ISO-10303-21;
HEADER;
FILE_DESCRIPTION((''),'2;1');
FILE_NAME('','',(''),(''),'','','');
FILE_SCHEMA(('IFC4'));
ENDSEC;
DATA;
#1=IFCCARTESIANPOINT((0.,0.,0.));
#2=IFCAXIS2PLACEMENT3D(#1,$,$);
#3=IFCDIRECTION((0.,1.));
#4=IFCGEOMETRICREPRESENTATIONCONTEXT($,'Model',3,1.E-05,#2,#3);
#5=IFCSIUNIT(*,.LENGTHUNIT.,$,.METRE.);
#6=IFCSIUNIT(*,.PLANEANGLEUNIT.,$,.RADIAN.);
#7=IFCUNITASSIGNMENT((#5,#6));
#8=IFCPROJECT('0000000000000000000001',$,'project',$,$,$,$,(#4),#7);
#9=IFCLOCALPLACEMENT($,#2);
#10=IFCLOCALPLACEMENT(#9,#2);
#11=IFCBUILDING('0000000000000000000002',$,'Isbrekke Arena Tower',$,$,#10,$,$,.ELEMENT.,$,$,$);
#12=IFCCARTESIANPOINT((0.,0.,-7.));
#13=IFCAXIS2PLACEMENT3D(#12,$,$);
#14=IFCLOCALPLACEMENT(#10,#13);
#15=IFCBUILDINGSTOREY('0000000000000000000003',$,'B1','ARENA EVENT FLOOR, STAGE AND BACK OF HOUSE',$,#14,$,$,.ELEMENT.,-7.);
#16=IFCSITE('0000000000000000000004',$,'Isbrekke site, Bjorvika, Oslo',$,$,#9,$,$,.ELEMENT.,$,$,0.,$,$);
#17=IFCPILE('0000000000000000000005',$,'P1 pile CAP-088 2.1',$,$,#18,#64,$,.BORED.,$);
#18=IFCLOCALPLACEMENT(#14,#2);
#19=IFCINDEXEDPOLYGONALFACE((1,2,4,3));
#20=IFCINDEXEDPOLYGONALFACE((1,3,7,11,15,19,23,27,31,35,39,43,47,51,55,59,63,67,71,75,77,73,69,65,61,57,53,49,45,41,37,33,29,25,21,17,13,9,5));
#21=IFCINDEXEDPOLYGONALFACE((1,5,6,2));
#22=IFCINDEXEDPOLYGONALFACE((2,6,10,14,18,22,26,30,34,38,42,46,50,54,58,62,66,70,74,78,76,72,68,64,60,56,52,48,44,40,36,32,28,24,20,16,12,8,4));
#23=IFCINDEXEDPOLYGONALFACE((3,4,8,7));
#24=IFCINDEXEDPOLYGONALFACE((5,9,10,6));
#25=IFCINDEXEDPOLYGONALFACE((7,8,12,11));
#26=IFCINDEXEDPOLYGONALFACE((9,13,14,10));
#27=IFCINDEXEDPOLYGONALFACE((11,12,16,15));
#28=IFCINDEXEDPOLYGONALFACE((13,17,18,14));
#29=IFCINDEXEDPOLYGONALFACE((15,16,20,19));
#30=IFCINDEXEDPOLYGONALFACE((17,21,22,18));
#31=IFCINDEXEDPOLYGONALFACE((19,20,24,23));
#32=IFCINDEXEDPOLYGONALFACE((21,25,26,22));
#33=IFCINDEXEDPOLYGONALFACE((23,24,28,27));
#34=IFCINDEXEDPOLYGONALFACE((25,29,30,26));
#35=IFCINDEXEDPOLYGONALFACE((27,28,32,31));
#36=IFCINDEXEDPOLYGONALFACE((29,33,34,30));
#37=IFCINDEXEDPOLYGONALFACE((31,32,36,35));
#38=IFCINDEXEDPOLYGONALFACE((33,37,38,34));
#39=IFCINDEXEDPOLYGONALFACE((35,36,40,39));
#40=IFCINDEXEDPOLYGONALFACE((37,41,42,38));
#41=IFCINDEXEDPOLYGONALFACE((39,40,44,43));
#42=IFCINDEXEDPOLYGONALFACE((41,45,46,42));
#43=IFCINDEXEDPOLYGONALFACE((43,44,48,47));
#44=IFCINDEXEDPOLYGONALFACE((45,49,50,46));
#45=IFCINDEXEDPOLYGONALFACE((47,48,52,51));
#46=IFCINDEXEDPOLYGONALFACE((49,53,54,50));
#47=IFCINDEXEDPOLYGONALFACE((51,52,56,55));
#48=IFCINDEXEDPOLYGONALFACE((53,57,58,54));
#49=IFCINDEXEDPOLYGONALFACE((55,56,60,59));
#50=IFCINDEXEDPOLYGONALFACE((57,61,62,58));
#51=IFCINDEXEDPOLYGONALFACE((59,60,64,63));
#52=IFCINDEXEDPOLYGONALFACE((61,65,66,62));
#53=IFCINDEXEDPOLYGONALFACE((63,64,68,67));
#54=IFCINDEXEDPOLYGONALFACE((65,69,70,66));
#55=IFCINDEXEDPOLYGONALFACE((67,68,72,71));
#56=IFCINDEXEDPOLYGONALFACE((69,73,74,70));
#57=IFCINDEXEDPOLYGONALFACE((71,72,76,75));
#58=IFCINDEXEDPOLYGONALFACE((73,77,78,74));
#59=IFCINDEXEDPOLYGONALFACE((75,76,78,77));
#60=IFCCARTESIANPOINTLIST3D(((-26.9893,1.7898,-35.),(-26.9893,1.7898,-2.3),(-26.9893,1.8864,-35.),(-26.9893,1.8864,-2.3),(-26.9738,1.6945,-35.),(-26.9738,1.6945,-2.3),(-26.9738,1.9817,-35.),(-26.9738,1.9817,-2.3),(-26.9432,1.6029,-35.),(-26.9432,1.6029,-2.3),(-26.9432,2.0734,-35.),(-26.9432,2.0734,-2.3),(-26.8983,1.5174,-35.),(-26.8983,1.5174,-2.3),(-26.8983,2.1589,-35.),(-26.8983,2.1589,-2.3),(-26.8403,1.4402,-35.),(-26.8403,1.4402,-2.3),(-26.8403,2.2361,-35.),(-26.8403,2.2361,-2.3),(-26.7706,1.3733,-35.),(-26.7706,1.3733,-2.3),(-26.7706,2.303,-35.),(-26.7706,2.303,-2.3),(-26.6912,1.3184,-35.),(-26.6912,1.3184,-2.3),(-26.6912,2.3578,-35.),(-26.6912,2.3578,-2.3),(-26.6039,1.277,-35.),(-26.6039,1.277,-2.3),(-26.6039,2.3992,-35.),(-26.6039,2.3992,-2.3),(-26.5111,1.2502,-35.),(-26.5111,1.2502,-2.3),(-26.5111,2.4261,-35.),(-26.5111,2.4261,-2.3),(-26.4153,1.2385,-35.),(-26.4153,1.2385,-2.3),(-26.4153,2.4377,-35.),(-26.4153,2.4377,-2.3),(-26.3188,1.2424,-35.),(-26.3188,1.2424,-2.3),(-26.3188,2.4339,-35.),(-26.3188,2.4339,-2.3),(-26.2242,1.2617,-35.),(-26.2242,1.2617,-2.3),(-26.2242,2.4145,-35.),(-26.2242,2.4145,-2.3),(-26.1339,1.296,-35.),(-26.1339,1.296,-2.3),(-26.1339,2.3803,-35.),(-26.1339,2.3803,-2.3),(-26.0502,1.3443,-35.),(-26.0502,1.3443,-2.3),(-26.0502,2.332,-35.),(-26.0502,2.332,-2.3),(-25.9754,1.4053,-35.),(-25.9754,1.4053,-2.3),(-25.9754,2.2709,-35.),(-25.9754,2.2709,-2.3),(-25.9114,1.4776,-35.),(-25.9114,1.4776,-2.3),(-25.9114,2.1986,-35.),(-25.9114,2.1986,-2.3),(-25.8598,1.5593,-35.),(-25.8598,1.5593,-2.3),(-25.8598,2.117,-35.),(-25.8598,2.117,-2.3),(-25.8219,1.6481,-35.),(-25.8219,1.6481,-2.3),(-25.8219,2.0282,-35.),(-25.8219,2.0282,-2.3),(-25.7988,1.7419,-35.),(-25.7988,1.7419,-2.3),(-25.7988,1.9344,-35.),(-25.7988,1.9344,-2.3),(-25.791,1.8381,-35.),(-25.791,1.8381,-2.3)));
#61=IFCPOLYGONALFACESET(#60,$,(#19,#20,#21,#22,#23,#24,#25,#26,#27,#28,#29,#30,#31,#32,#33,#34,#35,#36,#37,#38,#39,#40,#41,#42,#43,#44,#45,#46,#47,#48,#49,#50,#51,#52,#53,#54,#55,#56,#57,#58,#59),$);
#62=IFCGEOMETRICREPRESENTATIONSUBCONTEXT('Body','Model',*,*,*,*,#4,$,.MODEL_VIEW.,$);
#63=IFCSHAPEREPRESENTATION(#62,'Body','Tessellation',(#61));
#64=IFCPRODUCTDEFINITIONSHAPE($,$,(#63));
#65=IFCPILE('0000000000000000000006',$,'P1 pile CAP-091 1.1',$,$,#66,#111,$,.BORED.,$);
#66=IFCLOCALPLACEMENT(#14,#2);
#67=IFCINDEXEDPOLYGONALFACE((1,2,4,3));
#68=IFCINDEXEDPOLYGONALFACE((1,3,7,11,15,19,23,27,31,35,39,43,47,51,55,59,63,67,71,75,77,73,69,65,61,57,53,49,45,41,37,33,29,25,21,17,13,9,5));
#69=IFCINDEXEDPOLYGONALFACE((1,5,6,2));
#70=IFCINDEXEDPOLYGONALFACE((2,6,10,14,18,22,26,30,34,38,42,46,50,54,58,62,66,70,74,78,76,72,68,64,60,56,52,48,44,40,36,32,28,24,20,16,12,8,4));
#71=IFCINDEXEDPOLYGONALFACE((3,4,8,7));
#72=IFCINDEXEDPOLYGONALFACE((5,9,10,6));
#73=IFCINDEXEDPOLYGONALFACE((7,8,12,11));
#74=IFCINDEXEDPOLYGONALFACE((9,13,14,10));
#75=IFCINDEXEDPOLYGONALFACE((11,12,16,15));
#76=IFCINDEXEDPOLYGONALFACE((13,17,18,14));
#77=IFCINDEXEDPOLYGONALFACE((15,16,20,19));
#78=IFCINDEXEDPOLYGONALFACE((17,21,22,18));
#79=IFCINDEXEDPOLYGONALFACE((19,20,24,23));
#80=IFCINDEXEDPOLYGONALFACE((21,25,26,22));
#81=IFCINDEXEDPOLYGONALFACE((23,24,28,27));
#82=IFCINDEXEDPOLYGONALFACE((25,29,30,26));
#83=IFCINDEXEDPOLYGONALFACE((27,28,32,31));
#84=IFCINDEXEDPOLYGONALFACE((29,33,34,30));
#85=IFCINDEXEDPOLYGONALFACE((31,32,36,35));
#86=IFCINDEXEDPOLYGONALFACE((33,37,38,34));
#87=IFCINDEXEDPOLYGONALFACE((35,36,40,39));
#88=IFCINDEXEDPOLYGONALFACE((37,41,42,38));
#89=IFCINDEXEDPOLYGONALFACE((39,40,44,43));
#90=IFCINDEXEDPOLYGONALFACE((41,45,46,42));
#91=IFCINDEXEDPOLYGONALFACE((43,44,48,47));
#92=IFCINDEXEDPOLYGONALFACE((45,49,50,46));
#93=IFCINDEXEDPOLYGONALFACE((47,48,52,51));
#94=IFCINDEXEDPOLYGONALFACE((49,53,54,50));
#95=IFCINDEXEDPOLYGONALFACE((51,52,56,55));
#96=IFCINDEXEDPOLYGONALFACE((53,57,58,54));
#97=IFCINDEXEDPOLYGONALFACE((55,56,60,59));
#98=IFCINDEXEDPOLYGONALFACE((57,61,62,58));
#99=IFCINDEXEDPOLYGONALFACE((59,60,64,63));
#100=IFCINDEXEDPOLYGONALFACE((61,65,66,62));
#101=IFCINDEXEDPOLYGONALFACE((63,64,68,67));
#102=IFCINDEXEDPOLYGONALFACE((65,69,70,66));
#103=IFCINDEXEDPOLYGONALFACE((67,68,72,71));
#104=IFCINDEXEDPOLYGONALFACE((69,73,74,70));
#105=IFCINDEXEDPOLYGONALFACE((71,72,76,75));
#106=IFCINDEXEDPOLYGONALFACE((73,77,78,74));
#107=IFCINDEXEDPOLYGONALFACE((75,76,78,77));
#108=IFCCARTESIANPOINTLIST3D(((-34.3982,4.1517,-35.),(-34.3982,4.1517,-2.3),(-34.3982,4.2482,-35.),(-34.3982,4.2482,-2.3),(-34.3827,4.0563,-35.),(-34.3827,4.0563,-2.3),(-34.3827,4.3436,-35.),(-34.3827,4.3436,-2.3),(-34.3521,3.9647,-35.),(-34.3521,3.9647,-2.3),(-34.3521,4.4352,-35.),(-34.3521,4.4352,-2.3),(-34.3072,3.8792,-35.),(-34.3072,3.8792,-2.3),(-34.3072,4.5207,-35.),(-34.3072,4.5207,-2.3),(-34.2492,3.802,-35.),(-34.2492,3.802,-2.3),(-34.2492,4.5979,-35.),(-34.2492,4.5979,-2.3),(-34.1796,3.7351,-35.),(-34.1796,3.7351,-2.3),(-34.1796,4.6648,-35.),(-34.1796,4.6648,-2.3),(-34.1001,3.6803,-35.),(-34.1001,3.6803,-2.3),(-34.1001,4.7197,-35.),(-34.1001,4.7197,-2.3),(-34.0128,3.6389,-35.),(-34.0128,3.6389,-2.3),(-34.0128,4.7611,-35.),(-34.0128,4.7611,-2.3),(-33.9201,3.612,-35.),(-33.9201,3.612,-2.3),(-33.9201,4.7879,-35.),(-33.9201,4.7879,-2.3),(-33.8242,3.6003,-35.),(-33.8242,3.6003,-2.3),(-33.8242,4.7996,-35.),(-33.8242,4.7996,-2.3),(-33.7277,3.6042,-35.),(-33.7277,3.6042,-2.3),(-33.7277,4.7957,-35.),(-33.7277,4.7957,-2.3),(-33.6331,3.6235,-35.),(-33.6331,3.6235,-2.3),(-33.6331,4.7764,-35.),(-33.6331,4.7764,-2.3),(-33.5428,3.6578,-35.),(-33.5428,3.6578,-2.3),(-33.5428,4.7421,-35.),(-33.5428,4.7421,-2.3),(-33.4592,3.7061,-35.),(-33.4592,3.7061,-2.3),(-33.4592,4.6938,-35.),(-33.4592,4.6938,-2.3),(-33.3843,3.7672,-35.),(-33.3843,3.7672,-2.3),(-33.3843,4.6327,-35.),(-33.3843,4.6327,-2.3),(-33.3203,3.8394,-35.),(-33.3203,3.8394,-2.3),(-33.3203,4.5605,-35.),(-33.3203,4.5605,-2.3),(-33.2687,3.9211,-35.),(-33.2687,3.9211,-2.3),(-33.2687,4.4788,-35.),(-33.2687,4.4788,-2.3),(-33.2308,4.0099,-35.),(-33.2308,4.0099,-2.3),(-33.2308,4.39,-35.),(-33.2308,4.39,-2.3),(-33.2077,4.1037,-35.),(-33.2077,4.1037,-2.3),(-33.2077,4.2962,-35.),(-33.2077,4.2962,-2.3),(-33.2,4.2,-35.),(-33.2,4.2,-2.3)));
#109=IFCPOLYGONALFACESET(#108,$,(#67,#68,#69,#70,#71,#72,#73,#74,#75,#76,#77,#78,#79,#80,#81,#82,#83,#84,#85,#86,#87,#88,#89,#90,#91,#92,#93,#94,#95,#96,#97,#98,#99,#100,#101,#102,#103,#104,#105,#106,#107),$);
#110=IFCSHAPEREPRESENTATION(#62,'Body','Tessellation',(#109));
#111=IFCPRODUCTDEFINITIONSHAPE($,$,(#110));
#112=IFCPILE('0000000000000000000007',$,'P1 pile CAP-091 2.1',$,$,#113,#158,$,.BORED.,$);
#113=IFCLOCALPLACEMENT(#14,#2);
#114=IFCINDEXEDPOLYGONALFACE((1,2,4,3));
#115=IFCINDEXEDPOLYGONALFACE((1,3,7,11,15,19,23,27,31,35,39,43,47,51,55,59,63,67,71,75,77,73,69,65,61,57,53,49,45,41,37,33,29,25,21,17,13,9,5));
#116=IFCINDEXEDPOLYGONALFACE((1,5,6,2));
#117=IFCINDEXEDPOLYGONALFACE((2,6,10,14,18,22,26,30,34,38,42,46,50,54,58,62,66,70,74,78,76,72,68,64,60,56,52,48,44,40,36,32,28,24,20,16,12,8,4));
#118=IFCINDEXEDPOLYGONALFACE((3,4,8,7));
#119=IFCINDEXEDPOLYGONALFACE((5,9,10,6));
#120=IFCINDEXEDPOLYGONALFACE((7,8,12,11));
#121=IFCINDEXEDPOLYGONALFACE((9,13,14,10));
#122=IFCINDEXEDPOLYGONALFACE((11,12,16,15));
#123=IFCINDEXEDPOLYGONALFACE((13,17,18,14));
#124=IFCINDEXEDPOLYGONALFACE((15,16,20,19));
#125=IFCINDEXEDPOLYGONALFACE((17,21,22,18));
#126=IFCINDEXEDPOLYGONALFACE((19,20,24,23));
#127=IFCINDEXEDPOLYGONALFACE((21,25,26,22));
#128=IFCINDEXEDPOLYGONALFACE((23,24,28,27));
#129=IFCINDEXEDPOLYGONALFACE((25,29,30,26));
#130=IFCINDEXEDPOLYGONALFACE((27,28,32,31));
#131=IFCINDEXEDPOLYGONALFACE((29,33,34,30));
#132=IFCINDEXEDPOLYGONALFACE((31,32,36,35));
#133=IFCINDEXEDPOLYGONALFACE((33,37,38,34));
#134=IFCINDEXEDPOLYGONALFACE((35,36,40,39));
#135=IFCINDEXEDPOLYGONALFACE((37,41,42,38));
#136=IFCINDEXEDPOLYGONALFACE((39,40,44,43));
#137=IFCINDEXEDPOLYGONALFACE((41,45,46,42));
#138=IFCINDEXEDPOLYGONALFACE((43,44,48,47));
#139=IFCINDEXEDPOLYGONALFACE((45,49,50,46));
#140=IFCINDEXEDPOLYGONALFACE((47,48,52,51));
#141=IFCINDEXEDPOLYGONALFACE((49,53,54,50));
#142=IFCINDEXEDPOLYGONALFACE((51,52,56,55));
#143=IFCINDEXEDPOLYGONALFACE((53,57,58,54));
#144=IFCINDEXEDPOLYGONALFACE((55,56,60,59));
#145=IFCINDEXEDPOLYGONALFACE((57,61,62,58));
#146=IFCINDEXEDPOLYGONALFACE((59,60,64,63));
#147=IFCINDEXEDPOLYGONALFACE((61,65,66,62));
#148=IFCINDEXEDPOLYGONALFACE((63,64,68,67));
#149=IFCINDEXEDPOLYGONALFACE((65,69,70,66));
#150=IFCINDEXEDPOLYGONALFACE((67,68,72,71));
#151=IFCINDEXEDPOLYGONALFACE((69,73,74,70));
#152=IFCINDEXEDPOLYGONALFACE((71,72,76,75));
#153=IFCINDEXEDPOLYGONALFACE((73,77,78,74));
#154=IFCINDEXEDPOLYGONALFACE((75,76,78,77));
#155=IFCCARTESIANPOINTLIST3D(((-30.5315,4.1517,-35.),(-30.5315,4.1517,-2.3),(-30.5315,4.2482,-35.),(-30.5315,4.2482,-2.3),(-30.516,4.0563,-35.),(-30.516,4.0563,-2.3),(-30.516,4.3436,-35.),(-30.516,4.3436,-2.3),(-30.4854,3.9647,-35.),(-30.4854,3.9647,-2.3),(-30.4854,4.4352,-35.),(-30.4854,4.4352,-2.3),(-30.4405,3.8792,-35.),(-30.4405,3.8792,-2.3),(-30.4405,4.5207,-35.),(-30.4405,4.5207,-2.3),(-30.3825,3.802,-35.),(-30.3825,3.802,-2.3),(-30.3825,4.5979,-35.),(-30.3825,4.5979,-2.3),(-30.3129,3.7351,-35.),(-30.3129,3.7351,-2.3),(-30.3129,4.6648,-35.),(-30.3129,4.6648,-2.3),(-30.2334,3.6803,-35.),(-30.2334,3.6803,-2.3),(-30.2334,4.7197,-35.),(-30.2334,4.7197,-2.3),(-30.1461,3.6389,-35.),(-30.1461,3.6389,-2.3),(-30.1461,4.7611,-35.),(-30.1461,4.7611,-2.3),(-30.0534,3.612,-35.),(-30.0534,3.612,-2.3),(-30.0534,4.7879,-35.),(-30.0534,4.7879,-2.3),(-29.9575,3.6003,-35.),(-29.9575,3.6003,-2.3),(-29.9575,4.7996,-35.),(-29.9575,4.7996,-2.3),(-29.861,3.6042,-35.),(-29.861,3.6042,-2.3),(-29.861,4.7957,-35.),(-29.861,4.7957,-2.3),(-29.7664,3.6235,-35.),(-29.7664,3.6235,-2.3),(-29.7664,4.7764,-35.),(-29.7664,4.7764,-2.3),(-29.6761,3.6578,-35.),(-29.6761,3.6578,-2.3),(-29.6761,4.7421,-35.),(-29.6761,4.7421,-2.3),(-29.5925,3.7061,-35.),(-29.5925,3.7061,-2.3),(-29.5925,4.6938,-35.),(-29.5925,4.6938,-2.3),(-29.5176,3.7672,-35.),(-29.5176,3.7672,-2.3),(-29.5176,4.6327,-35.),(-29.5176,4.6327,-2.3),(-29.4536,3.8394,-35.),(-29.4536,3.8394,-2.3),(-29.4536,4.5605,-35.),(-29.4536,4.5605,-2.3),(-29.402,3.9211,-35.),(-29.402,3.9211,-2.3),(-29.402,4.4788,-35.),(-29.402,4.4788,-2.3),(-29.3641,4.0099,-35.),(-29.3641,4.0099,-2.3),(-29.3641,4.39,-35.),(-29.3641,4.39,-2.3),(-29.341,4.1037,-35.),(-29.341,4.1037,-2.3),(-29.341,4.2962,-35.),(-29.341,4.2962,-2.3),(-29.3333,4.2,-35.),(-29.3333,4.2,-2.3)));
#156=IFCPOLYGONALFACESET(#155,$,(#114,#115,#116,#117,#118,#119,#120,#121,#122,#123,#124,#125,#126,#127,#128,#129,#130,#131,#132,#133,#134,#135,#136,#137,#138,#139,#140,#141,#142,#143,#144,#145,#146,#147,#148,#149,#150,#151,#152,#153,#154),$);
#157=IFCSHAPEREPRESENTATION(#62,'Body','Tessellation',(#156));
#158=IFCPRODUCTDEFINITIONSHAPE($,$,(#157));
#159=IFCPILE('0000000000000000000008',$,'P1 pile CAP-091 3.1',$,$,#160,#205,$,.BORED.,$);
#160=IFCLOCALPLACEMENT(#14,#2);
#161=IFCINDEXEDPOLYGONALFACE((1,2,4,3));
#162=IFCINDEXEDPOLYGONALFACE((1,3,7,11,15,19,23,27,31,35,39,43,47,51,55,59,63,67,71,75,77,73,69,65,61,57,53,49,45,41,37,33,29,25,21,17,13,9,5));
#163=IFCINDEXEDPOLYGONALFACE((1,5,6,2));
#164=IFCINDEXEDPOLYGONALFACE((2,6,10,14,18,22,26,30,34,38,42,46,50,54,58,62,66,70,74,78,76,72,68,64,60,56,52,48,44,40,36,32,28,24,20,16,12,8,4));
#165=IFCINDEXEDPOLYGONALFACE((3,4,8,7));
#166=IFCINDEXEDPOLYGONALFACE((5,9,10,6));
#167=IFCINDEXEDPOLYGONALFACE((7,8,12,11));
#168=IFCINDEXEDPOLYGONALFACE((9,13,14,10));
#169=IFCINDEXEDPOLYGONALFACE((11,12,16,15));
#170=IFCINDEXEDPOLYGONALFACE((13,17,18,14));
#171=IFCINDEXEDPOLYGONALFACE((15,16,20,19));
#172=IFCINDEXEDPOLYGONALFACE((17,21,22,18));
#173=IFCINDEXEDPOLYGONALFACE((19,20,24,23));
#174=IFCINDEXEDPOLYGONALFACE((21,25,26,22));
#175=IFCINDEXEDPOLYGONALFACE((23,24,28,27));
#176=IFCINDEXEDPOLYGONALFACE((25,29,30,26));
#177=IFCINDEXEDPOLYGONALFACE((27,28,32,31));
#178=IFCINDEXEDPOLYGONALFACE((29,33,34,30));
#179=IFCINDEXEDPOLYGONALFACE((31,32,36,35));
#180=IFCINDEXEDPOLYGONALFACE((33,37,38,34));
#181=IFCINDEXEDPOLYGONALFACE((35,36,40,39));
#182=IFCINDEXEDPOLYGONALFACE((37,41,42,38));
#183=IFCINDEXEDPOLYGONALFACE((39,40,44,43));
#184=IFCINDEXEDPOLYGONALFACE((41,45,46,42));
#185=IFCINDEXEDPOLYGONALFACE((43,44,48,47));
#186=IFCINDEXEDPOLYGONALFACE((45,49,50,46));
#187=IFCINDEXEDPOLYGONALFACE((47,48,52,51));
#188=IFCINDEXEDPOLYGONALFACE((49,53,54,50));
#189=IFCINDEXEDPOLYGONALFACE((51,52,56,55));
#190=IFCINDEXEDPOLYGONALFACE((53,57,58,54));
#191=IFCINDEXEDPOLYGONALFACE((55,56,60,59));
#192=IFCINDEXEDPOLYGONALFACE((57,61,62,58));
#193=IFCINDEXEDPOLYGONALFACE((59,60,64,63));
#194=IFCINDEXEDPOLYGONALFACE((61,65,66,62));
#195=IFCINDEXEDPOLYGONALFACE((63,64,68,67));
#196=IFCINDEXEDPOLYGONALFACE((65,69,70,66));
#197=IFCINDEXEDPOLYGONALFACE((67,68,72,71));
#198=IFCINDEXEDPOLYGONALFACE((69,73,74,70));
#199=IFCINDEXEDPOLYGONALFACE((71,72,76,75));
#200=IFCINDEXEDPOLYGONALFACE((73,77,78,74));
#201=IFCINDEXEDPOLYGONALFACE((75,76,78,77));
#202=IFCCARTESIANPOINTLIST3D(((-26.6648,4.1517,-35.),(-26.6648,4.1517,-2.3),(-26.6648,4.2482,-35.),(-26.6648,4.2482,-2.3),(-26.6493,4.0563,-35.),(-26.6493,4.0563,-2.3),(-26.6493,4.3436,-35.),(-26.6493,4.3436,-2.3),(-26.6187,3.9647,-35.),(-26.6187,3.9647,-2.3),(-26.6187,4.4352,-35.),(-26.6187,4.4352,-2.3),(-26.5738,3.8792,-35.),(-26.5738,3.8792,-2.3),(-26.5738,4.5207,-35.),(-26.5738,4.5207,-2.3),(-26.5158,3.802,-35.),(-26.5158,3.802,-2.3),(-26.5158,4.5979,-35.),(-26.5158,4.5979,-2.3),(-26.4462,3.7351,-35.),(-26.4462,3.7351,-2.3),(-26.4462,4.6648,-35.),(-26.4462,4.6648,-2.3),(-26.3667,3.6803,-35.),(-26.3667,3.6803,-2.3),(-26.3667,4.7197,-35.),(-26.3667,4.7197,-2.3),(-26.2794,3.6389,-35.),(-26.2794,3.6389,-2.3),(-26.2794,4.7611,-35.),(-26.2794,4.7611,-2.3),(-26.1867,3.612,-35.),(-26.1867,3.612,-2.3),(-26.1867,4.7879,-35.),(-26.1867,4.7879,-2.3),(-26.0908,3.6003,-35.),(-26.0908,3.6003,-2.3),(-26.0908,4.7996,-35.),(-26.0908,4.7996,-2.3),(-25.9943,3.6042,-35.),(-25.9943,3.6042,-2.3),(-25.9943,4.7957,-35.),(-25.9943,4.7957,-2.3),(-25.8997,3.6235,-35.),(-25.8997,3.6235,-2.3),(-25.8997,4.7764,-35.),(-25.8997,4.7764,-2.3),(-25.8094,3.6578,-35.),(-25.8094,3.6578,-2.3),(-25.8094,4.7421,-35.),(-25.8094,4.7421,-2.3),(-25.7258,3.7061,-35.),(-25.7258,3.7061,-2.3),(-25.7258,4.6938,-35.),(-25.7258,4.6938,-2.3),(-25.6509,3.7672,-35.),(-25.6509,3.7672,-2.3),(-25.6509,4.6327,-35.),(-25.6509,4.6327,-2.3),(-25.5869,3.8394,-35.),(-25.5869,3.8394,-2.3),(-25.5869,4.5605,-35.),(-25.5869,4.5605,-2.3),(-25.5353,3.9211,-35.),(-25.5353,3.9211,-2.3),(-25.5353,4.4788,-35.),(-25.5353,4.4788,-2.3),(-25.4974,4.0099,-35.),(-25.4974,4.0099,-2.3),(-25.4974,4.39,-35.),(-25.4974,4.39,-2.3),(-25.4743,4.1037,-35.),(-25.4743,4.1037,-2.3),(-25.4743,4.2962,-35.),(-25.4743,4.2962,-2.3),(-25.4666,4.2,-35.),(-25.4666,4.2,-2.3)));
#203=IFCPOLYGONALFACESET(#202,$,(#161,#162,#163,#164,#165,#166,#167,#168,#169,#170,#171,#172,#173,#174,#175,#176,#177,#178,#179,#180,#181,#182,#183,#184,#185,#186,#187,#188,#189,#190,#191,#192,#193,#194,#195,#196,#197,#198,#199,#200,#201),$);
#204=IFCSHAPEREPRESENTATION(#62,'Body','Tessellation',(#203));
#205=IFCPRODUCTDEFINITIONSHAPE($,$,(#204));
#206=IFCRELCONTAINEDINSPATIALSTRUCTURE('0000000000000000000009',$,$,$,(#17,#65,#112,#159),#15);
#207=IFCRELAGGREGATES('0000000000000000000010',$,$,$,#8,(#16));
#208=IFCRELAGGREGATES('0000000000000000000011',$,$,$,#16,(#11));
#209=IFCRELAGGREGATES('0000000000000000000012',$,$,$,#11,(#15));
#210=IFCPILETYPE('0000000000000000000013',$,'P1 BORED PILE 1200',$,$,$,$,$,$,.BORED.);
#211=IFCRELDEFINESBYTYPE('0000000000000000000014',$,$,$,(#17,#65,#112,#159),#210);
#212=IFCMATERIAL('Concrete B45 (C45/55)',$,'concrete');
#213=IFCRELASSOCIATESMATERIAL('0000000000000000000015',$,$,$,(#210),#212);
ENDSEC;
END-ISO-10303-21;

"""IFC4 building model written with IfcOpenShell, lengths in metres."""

from ifc_helpers import new_model, si_unit, direction, frame, origin, origin_2d, place, context, subcontext, project, spatial, circle, extrude, material, material_profile, profile_set, type_object, element, save


model = new_model("IFC4")

# Units and contexts
model_context = context("Model", 3, precision=1e-05, world=origin(), true_north=direction((0.0, 1.0)))
body_context = subcontext(model_context, "Body", "Model", "MODEL_VIEW")
ifc_project = project(units=[si_unit("LENGTHUNIT", "METRE"), si_unit("PLANEANGLEUNIT", "RADIAN")], contexts=[model_context])

# Site, building, storey
site_placement = place(None, origin())
site = spatial("IfcSite", under=ifc_project, at=site_placement, Name="Isbrekke site, Bjorvika, Oslo", CompositionType="ELEMENT", RefElevation=0.0)
building_placement = place(site_placement, origin())
building = spatial("IfcBuilding", under=site, at=building_placement, Name="Isbrekke Arena Tower", CompositionType="ELEMENT")
storey_placement = place(building_placement, frame((0.0, 0.0, -7.0)))
storey = spatial("IfcBuildingStorey", under=building, at=storey_placement, Name="B1", Description="ARENA EVENT FLOOR, STAGE AND BACK OF HOUSE", CompositionType="ELEMENT", Elevation=-7.0)

# Piles
ifc_material_1 = material(Name="Concrete B45 (C45/55)", Category="concrete")
ifc_material_profile_1 = material_profile(ifc_material_1, circle(Radius=0.6001, at=origin_2d()), Name="BORED PILE D1200")
ifc_profile_set_1 = profile_set([ifc_material_profile_1], Name="Concrete B45 (C45/55)")
pile_type = type_object("IfcPileType", Name="P1 BORED PILE 1200", PredefinedType="BORED", material=ifc_profile_set_1)
for number, where, z_axis, x_axis, name in (
    (1, (-26.3911, 1.8381, -2.3), (0.0, 0.0, -1.0), (1.0, 0.0, 0.0), "P1 pile CAP-088 2.1"),
    (2, (-33.8, 4.2, -2.3), (0.0, 0.0, -1.0), (1.0, 0.0, 0.0), "P1 pile CAP-091 1.1"),
    (3, (-29.9333, 4.2, -2.3), (0.0, 0.0, -1.0), (1.0, 0.0, 0.0), "P1 pile CAP-091 2.1"),
    (4, (-26.0667, 4.2, -2.3), (0.0, 0.0, -1.0), (1.0, 0.0, 0.0), "P1 pile CAP-091 3.1"),
):
    element("IfcPile", number, at=place(storey_placement, frame(where, z_axis=z_axis, x_axis=x_axis)), inside=storey, type_object=pile_type, Name=name, PredefinedType="BORED", context=body_context, shape_type="SweptSolid", body=[
        extrude(circle(Radius=0.6001, at=origin_2d()), origin(), (0.0, 0.0, 1.0), 32.7),
    ])

save(model, "model.ifc")
